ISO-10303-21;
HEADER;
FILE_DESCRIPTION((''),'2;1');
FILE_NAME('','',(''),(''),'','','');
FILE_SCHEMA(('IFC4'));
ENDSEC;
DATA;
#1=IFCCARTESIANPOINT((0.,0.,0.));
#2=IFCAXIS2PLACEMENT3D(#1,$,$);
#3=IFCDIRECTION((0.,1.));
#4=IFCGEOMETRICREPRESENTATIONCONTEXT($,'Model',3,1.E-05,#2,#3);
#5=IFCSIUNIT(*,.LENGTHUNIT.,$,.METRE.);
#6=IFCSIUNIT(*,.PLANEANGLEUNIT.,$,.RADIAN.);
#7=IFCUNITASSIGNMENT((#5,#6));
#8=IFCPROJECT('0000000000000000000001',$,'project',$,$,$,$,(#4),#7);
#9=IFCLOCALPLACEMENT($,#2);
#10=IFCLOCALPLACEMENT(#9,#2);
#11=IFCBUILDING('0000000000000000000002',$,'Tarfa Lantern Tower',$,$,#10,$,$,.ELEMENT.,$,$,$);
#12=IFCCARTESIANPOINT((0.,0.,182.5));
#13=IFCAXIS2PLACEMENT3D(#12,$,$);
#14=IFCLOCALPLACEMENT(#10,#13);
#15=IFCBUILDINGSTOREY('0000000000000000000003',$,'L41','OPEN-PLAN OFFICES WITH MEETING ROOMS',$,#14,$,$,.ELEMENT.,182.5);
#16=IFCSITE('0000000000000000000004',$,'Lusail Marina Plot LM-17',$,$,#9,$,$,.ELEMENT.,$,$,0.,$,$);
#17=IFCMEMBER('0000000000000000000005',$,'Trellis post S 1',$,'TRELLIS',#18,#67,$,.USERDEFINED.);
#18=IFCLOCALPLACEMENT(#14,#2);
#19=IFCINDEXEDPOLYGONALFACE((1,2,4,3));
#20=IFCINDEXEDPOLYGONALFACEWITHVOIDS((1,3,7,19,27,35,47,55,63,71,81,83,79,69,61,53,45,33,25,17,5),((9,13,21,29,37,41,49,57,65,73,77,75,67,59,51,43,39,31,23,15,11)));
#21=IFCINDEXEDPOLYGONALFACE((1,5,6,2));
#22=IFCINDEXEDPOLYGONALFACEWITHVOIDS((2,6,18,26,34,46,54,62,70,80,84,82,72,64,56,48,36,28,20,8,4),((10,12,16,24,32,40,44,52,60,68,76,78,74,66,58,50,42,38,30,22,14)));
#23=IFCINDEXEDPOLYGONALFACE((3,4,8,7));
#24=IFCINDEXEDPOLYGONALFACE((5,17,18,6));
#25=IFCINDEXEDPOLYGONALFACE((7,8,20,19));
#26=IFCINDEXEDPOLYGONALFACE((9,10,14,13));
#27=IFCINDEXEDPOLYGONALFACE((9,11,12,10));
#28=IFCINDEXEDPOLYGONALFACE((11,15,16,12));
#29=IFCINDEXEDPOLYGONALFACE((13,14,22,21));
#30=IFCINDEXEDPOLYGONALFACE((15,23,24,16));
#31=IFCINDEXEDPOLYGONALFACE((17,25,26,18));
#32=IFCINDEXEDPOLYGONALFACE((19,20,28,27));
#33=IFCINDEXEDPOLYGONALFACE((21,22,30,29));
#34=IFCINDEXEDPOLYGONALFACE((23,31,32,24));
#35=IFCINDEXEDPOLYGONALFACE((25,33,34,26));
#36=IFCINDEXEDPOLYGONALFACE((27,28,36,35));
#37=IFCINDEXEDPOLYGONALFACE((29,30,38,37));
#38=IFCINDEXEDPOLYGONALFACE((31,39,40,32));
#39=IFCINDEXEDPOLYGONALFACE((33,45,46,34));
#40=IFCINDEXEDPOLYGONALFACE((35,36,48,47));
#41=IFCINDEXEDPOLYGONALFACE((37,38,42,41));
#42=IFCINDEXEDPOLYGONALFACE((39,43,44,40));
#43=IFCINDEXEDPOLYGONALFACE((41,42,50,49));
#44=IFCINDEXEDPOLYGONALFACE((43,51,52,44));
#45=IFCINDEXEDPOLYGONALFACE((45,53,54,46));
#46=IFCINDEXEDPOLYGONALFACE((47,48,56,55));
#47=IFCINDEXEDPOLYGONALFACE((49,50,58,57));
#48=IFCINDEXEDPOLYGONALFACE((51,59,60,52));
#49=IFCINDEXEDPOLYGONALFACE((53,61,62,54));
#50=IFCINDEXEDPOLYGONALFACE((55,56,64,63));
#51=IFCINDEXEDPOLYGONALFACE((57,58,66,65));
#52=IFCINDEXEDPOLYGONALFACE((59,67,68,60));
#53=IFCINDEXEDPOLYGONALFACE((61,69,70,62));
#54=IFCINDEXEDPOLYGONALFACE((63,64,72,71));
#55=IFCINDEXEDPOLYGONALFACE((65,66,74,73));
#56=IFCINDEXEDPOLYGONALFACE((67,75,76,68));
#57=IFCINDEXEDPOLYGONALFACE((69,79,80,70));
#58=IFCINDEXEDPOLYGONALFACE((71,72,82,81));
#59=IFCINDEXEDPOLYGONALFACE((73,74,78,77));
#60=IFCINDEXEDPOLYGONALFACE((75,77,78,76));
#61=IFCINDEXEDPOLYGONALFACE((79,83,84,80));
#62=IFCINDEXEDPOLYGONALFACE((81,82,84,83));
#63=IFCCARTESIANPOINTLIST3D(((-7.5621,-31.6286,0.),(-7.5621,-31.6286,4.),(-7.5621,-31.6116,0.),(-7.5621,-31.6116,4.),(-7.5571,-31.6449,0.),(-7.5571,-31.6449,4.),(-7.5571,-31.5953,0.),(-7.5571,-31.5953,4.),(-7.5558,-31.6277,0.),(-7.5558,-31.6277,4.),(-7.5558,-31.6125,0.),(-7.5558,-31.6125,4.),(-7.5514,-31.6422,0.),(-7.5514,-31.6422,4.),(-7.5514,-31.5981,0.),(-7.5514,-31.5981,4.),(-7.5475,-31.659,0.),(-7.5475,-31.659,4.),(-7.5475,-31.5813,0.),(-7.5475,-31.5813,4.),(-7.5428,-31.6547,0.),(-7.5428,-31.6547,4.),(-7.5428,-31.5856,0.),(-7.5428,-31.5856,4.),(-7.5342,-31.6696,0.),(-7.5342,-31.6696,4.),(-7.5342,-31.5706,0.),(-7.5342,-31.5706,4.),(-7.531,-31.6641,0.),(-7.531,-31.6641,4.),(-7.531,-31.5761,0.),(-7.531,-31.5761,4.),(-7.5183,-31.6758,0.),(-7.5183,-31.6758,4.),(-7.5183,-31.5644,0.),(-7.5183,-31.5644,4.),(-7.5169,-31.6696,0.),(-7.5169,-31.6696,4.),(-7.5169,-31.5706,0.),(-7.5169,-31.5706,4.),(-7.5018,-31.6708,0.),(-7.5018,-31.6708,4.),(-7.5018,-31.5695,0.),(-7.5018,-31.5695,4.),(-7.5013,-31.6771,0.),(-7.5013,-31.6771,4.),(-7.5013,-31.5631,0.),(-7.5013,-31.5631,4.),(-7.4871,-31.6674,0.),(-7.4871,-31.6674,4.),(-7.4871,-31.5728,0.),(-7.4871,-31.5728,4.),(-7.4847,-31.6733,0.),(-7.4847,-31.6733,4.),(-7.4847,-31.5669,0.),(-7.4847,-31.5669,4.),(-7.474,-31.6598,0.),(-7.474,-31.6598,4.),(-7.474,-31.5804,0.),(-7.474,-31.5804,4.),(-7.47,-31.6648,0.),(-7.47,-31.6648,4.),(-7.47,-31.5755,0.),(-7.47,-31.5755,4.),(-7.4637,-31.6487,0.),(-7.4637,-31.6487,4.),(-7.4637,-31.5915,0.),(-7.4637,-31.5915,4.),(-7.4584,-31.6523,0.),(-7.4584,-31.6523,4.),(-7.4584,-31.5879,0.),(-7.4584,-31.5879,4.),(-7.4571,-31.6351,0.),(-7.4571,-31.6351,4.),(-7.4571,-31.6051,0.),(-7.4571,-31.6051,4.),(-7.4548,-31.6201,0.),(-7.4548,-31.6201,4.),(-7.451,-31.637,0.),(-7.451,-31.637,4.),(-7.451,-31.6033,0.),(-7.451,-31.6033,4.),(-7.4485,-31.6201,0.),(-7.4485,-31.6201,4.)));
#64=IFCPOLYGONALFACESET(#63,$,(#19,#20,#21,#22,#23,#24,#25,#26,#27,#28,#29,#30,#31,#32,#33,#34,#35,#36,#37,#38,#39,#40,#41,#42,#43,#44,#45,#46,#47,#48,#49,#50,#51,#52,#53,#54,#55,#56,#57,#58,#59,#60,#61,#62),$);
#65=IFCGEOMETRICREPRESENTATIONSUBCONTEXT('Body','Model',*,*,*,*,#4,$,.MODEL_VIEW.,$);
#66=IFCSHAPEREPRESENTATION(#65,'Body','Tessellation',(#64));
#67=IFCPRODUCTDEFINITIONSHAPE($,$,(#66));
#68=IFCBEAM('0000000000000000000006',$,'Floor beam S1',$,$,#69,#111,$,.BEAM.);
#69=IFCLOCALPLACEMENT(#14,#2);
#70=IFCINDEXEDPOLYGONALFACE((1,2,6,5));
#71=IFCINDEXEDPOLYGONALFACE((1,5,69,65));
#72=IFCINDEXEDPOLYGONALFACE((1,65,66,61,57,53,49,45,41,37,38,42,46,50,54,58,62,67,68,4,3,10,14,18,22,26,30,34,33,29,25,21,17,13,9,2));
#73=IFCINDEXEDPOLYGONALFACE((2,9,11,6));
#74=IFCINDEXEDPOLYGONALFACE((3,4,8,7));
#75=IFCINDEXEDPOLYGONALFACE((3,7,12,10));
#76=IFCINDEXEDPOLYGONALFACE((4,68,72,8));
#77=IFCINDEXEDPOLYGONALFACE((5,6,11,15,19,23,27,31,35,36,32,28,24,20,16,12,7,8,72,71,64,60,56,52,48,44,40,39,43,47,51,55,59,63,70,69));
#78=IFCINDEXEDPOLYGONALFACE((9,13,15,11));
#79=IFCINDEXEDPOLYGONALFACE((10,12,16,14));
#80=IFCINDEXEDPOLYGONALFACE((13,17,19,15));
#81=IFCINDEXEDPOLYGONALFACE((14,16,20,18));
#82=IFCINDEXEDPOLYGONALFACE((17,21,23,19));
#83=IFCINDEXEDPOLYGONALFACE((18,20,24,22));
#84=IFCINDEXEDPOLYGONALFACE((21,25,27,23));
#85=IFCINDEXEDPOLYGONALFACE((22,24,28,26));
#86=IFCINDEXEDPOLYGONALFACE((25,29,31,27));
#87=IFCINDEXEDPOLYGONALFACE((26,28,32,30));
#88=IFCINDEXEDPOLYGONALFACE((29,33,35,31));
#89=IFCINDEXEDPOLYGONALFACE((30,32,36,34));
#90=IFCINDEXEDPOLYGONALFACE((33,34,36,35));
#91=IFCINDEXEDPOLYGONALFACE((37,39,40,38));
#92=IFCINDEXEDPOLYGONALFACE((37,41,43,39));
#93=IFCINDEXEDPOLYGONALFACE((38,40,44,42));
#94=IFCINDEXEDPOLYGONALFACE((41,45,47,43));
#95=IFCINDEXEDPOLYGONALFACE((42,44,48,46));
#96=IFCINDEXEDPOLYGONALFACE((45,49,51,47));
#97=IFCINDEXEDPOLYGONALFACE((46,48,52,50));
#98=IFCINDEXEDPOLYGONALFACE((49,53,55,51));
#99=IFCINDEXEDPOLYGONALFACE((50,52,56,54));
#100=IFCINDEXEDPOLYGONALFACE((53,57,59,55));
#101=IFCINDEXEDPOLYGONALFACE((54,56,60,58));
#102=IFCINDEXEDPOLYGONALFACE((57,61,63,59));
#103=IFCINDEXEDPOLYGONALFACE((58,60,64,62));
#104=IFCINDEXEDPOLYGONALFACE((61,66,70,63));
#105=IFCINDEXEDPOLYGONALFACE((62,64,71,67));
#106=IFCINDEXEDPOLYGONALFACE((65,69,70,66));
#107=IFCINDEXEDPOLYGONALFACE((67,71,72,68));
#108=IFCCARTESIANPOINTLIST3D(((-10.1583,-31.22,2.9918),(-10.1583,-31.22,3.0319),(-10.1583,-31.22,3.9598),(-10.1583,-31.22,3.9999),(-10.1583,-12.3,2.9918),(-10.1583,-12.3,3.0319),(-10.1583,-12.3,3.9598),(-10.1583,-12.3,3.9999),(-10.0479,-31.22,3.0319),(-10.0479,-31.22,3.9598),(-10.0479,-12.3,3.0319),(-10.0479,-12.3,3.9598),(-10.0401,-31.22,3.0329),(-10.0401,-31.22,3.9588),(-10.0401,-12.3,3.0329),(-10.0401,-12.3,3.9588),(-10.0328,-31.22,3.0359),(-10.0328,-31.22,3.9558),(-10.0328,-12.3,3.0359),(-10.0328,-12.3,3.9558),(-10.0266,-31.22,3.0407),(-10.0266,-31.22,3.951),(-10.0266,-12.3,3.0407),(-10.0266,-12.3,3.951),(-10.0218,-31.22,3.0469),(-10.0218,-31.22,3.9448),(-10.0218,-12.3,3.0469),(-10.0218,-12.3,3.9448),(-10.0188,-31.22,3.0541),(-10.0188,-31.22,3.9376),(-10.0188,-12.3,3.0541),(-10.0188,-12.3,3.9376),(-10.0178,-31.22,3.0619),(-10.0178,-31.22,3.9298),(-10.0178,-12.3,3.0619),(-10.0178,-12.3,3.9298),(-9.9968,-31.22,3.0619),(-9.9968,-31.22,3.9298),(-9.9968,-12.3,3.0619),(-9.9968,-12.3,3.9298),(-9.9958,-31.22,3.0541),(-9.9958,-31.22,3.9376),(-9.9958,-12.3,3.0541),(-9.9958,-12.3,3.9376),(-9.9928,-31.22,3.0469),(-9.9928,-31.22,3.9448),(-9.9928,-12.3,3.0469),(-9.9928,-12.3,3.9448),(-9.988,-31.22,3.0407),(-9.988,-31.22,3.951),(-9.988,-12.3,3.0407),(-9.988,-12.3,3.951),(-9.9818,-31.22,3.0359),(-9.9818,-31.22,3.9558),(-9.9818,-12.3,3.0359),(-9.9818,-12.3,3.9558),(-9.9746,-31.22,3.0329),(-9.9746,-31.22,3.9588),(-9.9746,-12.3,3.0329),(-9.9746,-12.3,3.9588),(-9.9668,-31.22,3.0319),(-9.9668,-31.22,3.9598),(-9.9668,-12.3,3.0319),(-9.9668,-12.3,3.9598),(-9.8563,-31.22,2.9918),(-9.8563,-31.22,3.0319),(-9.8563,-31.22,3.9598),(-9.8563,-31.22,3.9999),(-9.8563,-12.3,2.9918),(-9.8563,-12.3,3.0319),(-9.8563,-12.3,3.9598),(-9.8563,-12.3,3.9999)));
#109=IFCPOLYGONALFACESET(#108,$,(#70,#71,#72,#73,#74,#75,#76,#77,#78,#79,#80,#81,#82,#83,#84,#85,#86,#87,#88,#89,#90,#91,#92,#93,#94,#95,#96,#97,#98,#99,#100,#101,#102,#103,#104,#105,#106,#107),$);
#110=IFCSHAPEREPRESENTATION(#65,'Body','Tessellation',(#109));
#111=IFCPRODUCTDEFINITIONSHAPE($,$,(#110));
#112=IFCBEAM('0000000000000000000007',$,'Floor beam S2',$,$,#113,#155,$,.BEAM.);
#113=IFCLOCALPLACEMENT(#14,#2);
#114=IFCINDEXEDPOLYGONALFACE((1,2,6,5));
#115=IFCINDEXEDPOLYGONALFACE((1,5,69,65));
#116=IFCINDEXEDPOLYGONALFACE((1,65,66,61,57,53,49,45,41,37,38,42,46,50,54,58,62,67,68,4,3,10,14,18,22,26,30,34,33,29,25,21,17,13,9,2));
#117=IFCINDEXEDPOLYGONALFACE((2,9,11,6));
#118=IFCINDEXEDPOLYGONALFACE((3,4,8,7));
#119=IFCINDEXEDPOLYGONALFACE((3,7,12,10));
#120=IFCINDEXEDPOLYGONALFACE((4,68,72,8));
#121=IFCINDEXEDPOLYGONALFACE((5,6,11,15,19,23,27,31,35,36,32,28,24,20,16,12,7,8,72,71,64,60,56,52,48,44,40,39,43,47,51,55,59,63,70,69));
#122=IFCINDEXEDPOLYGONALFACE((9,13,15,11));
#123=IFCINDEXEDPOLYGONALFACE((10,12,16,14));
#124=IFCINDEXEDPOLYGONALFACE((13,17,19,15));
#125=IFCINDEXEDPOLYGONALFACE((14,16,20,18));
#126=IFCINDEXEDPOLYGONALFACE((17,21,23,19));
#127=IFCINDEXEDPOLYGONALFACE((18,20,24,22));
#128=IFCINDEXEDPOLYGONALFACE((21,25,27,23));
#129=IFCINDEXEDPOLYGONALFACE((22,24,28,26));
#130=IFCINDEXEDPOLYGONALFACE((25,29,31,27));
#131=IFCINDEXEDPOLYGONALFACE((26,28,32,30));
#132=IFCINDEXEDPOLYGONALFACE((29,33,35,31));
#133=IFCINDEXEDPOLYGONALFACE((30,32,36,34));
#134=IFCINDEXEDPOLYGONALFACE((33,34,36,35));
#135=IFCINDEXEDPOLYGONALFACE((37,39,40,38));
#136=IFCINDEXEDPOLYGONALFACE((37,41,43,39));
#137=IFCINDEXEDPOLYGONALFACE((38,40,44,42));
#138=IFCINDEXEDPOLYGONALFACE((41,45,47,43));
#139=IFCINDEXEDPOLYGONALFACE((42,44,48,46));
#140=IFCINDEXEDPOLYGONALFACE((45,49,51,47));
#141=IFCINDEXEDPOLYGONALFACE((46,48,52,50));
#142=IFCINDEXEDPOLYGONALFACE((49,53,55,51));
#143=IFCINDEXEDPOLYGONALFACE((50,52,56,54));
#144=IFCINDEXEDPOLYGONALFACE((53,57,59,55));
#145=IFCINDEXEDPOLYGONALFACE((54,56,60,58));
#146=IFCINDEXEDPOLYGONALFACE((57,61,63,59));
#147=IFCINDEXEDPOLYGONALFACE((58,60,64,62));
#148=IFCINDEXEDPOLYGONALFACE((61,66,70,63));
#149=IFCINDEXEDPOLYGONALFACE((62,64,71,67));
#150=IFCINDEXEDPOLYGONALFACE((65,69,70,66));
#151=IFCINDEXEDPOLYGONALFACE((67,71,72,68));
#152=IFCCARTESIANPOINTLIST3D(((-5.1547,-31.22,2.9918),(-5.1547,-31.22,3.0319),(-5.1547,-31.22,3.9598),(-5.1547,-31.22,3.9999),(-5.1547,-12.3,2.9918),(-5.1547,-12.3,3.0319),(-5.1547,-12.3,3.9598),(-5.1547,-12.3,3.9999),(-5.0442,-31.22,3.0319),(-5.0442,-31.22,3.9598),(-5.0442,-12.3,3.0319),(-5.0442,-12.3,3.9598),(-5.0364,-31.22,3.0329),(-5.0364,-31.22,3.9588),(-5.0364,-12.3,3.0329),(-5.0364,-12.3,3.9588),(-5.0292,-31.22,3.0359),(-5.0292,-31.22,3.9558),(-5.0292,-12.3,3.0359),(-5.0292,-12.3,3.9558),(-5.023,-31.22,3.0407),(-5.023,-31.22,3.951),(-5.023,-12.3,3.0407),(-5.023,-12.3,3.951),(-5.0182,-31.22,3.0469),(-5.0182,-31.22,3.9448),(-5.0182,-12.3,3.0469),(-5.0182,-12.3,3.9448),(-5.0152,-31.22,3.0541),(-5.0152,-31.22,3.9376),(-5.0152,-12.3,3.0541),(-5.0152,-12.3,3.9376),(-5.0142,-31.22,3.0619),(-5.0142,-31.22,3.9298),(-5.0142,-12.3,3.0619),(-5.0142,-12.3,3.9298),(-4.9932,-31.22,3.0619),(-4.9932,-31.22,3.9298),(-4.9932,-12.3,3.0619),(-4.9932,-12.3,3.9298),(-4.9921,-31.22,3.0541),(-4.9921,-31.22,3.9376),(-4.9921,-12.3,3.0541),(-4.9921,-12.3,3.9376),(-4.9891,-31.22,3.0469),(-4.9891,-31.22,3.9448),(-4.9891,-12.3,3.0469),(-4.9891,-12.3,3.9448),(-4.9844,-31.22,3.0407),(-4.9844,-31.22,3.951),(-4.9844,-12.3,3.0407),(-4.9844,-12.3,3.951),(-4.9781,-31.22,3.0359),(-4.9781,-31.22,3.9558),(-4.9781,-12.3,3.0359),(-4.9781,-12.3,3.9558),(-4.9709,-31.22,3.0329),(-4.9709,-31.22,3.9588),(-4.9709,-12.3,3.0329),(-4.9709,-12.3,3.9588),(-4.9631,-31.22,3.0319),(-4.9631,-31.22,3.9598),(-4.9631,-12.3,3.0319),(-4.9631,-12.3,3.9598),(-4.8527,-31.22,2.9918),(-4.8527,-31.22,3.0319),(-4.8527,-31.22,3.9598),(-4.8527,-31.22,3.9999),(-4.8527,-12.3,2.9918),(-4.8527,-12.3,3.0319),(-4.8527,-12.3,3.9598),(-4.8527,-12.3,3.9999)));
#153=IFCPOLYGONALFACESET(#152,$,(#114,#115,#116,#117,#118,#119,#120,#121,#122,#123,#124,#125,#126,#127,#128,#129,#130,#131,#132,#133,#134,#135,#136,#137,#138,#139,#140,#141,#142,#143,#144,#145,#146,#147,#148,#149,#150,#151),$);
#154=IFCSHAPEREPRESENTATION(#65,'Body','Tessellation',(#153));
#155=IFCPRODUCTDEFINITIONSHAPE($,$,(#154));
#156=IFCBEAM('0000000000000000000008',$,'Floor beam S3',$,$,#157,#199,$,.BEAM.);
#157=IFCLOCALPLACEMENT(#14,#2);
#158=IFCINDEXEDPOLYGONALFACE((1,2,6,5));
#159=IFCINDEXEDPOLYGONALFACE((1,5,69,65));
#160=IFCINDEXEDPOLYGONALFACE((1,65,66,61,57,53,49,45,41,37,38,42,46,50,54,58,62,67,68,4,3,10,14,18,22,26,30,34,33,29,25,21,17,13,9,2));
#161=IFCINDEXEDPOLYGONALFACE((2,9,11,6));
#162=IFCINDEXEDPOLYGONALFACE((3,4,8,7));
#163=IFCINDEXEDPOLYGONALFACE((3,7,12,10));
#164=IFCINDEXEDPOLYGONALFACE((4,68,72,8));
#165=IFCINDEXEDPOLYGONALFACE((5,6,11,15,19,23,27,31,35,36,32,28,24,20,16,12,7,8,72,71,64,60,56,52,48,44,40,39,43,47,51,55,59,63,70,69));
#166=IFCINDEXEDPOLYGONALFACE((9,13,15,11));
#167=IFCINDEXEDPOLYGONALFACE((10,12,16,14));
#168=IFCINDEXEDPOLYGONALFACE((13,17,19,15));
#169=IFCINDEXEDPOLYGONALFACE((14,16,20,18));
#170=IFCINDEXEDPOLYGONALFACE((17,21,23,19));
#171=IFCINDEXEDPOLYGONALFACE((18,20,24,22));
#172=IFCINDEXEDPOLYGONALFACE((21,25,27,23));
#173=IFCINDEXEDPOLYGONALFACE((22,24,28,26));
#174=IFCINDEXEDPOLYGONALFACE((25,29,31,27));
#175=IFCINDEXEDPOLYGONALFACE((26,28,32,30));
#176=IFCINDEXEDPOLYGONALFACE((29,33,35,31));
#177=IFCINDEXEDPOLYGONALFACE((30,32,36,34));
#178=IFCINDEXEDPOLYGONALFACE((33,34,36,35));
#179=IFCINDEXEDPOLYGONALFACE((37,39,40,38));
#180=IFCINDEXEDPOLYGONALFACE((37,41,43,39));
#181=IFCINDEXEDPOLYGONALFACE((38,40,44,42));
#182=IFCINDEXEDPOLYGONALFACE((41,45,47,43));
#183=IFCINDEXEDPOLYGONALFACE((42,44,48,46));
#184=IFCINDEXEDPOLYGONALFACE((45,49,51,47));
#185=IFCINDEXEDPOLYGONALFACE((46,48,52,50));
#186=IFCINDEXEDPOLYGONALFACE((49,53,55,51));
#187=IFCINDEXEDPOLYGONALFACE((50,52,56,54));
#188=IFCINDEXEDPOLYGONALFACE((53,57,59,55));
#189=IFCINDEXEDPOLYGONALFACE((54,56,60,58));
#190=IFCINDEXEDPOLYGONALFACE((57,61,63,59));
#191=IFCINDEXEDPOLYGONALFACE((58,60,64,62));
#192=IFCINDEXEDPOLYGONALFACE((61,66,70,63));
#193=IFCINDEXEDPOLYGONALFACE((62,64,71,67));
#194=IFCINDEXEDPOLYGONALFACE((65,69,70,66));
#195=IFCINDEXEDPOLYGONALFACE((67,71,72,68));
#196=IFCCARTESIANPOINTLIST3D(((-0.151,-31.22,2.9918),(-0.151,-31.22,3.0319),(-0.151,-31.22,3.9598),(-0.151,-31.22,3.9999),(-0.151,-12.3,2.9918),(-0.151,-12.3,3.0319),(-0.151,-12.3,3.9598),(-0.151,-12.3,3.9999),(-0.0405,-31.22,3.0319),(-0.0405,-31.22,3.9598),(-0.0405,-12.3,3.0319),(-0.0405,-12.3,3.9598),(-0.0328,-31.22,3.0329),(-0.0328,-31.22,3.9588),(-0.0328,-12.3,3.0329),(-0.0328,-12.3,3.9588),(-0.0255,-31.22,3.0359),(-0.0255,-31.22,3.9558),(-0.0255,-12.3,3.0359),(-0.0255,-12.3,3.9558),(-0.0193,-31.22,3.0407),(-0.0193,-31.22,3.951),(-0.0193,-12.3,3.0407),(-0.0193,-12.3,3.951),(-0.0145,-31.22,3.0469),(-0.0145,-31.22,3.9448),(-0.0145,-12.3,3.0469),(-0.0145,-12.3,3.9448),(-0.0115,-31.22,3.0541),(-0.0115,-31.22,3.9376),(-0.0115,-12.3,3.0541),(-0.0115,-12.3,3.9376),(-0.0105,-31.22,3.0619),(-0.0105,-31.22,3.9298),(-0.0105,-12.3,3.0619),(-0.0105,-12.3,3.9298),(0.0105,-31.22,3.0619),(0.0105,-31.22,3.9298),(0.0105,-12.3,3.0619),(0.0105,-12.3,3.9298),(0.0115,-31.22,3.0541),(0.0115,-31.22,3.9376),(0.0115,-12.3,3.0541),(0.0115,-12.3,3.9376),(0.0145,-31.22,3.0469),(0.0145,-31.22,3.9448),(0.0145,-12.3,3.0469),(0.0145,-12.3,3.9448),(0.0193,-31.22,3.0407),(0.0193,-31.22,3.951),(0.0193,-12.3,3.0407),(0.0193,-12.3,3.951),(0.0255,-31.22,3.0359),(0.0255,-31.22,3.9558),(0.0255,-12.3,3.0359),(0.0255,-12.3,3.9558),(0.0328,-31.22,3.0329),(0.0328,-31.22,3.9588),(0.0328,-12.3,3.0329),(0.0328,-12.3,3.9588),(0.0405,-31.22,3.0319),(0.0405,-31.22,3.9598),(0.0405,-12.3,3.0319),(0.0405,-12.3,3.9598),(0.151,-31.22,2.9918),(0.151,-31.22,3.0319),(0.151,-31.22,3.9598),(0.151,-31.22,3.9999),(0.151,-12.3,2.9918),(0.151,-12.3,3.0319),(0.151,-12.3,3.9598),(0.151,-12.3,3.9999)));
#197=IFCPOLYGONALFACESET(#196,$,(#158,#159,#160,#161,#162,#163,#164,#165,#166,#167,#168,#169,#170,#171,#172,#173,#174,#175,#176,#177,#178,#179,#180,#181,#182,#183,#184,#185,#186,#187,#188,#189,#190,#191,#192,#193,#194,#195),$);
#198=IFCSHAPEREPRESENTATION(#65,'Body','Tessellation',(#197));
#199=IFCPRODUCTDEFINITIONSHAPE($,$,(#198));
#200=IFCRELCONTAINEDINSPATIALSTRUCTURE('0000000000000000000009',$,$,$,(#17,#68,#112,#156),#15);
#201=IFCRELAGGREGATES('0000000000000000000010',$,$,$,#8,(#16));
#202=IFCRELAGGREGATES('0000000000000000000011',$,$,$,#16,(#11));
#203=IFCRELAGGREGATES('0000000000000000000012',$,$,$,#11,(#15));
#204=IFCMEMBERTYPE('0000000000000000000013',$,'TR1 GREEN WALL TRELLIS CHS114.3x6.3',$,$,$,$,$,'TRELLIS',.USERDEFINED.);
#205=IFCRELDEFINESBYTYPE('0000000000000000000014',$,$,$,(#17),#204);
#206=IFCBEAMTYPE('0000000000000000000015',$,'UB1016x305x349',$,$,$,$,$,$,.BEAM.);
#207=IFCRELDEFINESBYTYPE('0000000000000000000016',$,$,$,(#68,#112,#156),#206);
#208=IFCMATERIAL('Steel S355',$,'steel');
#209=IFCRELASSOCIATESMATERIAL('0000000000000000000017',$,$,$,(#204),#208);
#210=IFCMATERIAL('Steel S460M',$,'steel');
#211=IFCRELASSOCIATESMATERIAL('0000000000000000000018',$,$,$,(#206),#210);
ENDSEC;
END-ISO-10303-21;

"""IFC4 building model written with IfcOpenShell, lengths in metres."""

from ifc_helpers import new_model, si_unit, direction, frame, origin, origin_2d, place, context, subcontext, project, spatial, hollow_circle, i_section, extrude, material, material_profile, profile_set, type_object, element, save


model = new_model("IFC4")

# Units and contexts
model_context = context("Model", 3, precision=1e-05, world=origin(), true_north=direction((0.0, 1.0)))
body_context = subcontext(model_context, "Body", "Model", "MODEL_VIEW")
ifc_project = project(units=[si_unit("LENGTHUNIT", "METRE"), si_unit("PLANEANGLEUNIT", "RADIAN")], contexts=[model_context])

# Site, building, storey
site_placement = place(None, origin())
site = spatial("IfcSite", under=ifc_project, at=site_placement, Name="Lusail Marina Plot LM-17", CompositionType="ELEMENT", RefElevation=0.0)
building_placement = place(site_placement, origin())
building = spatial("IfcBuilding", under=site, at=building_placement, Name="Tarfa Lantern Tower", CompositionType="ELEMENT")
storey_placement = place(building_placement, frame((0.0, 0.0, 182.5)))
storey = spatial("IfcBuildingStorey", under=building, at=storey_placement, Name="L41", Description="OPEN-PLAN OFFICES WITH MEETING ROOMS", CompositionType="ELEMENT", Elevation=182.5)

# Member
ifc_material_1 = material(Name="Steel S355", Category="steel")
ifc_material_profile_1 = material_profile(ifc_material_1, hollow_circle(Radius=0.0571, WallThickness=0.0063, at=origin_2d()), Name="CHS114.3x6.3")
ifc_profile_set_1 = profile_set([ifc_material_profile_1], Name="Steel S355")
member_type_1 = type_object("IfcMemberType", Name="TR1 GREEN WALL TRELLIS CHS114.3x6.3", ElementType="TRELLIS", PredefinedType="USERDEFINED", material=ifc_profile_set_1)
member_1_placement = place(storey_placement, frame((-7.5056, -31.6201, 0.0), z_axis=(0.0, 0.0, 1.0), x_axis=(1.0, 0.0, 0.0)))
element("IfcMember", 1, at=member_1_placement, inside=storey, type_object=member_type_1, Name="Trellis post S 1", ObjectType="TRELLIS", PredefinedType="USERDEFINED", context=body_context, shape_type="SweptSolid", body=[
    extrude(hollow_circle(Radius=0.0571, WallThickness=0.0063, at=origin_2d()), origin(), (0.0, 0.0, 1.0), 4.0),
])

# Beams
ifc_material_2 = material(Name="Steel S460M", Category="steel")
ifc_material_profile_2 = material_profile(ifc_material_2, i_section(OverallWidth=0.302, OverallDepth=1.0081, WebThickness=0.021, FlangeThickness=0.04, FilletRadius=0.03, at=origin_2d()), Name="UB1016x305x349")
ifc_profile_set_2 = profile_set([ifc_material_profile_2], Name="Steel S460M")
beam_type_1 = type_object("IfcBeamType", Name="UB1016x305x349", PredefinedType="BEAM", material=ifc_profile_set_2)
for number, where, z_axis, x_axis, name in (
    (2, (-10.0073, -31.22, 3.4958), (0.0, 1.0, 0.0), (-1.0, 0.0, 0.0), "Floor beam S1"),
    (3, (-5.0037, -31.22, 3.4958), (0.0, 1.0, 0.0), (-1.0, 0.0, 0.0), "Floor beam S2"),
    (4, (0.0, -31.22, 3.4958), (0.0, 1.0, 0.0), (-1.0, 0.0, 0.0), "Floor beam S3"),
):
    element("IfcBeam", number, at=place(storey_placement, frame(where, z_axis=z_axis, x_axis=x_axis)), inside=storey, type_object=beam_type_1, Name=name, PredefinedType="BEAM", context=body_context, shape_type="SweptSolid", body=[
        extrude(i_section(OverallWidth=0.302, OverallDepth=1.0081, WebThickness=0.021, FlangeThickness=0.04, FilletRadius=0.03, at=origin_2d()), origin(), (0.0, 0.0, 1.0), 18.9199),
    ])

save(model, "model.ifc")
